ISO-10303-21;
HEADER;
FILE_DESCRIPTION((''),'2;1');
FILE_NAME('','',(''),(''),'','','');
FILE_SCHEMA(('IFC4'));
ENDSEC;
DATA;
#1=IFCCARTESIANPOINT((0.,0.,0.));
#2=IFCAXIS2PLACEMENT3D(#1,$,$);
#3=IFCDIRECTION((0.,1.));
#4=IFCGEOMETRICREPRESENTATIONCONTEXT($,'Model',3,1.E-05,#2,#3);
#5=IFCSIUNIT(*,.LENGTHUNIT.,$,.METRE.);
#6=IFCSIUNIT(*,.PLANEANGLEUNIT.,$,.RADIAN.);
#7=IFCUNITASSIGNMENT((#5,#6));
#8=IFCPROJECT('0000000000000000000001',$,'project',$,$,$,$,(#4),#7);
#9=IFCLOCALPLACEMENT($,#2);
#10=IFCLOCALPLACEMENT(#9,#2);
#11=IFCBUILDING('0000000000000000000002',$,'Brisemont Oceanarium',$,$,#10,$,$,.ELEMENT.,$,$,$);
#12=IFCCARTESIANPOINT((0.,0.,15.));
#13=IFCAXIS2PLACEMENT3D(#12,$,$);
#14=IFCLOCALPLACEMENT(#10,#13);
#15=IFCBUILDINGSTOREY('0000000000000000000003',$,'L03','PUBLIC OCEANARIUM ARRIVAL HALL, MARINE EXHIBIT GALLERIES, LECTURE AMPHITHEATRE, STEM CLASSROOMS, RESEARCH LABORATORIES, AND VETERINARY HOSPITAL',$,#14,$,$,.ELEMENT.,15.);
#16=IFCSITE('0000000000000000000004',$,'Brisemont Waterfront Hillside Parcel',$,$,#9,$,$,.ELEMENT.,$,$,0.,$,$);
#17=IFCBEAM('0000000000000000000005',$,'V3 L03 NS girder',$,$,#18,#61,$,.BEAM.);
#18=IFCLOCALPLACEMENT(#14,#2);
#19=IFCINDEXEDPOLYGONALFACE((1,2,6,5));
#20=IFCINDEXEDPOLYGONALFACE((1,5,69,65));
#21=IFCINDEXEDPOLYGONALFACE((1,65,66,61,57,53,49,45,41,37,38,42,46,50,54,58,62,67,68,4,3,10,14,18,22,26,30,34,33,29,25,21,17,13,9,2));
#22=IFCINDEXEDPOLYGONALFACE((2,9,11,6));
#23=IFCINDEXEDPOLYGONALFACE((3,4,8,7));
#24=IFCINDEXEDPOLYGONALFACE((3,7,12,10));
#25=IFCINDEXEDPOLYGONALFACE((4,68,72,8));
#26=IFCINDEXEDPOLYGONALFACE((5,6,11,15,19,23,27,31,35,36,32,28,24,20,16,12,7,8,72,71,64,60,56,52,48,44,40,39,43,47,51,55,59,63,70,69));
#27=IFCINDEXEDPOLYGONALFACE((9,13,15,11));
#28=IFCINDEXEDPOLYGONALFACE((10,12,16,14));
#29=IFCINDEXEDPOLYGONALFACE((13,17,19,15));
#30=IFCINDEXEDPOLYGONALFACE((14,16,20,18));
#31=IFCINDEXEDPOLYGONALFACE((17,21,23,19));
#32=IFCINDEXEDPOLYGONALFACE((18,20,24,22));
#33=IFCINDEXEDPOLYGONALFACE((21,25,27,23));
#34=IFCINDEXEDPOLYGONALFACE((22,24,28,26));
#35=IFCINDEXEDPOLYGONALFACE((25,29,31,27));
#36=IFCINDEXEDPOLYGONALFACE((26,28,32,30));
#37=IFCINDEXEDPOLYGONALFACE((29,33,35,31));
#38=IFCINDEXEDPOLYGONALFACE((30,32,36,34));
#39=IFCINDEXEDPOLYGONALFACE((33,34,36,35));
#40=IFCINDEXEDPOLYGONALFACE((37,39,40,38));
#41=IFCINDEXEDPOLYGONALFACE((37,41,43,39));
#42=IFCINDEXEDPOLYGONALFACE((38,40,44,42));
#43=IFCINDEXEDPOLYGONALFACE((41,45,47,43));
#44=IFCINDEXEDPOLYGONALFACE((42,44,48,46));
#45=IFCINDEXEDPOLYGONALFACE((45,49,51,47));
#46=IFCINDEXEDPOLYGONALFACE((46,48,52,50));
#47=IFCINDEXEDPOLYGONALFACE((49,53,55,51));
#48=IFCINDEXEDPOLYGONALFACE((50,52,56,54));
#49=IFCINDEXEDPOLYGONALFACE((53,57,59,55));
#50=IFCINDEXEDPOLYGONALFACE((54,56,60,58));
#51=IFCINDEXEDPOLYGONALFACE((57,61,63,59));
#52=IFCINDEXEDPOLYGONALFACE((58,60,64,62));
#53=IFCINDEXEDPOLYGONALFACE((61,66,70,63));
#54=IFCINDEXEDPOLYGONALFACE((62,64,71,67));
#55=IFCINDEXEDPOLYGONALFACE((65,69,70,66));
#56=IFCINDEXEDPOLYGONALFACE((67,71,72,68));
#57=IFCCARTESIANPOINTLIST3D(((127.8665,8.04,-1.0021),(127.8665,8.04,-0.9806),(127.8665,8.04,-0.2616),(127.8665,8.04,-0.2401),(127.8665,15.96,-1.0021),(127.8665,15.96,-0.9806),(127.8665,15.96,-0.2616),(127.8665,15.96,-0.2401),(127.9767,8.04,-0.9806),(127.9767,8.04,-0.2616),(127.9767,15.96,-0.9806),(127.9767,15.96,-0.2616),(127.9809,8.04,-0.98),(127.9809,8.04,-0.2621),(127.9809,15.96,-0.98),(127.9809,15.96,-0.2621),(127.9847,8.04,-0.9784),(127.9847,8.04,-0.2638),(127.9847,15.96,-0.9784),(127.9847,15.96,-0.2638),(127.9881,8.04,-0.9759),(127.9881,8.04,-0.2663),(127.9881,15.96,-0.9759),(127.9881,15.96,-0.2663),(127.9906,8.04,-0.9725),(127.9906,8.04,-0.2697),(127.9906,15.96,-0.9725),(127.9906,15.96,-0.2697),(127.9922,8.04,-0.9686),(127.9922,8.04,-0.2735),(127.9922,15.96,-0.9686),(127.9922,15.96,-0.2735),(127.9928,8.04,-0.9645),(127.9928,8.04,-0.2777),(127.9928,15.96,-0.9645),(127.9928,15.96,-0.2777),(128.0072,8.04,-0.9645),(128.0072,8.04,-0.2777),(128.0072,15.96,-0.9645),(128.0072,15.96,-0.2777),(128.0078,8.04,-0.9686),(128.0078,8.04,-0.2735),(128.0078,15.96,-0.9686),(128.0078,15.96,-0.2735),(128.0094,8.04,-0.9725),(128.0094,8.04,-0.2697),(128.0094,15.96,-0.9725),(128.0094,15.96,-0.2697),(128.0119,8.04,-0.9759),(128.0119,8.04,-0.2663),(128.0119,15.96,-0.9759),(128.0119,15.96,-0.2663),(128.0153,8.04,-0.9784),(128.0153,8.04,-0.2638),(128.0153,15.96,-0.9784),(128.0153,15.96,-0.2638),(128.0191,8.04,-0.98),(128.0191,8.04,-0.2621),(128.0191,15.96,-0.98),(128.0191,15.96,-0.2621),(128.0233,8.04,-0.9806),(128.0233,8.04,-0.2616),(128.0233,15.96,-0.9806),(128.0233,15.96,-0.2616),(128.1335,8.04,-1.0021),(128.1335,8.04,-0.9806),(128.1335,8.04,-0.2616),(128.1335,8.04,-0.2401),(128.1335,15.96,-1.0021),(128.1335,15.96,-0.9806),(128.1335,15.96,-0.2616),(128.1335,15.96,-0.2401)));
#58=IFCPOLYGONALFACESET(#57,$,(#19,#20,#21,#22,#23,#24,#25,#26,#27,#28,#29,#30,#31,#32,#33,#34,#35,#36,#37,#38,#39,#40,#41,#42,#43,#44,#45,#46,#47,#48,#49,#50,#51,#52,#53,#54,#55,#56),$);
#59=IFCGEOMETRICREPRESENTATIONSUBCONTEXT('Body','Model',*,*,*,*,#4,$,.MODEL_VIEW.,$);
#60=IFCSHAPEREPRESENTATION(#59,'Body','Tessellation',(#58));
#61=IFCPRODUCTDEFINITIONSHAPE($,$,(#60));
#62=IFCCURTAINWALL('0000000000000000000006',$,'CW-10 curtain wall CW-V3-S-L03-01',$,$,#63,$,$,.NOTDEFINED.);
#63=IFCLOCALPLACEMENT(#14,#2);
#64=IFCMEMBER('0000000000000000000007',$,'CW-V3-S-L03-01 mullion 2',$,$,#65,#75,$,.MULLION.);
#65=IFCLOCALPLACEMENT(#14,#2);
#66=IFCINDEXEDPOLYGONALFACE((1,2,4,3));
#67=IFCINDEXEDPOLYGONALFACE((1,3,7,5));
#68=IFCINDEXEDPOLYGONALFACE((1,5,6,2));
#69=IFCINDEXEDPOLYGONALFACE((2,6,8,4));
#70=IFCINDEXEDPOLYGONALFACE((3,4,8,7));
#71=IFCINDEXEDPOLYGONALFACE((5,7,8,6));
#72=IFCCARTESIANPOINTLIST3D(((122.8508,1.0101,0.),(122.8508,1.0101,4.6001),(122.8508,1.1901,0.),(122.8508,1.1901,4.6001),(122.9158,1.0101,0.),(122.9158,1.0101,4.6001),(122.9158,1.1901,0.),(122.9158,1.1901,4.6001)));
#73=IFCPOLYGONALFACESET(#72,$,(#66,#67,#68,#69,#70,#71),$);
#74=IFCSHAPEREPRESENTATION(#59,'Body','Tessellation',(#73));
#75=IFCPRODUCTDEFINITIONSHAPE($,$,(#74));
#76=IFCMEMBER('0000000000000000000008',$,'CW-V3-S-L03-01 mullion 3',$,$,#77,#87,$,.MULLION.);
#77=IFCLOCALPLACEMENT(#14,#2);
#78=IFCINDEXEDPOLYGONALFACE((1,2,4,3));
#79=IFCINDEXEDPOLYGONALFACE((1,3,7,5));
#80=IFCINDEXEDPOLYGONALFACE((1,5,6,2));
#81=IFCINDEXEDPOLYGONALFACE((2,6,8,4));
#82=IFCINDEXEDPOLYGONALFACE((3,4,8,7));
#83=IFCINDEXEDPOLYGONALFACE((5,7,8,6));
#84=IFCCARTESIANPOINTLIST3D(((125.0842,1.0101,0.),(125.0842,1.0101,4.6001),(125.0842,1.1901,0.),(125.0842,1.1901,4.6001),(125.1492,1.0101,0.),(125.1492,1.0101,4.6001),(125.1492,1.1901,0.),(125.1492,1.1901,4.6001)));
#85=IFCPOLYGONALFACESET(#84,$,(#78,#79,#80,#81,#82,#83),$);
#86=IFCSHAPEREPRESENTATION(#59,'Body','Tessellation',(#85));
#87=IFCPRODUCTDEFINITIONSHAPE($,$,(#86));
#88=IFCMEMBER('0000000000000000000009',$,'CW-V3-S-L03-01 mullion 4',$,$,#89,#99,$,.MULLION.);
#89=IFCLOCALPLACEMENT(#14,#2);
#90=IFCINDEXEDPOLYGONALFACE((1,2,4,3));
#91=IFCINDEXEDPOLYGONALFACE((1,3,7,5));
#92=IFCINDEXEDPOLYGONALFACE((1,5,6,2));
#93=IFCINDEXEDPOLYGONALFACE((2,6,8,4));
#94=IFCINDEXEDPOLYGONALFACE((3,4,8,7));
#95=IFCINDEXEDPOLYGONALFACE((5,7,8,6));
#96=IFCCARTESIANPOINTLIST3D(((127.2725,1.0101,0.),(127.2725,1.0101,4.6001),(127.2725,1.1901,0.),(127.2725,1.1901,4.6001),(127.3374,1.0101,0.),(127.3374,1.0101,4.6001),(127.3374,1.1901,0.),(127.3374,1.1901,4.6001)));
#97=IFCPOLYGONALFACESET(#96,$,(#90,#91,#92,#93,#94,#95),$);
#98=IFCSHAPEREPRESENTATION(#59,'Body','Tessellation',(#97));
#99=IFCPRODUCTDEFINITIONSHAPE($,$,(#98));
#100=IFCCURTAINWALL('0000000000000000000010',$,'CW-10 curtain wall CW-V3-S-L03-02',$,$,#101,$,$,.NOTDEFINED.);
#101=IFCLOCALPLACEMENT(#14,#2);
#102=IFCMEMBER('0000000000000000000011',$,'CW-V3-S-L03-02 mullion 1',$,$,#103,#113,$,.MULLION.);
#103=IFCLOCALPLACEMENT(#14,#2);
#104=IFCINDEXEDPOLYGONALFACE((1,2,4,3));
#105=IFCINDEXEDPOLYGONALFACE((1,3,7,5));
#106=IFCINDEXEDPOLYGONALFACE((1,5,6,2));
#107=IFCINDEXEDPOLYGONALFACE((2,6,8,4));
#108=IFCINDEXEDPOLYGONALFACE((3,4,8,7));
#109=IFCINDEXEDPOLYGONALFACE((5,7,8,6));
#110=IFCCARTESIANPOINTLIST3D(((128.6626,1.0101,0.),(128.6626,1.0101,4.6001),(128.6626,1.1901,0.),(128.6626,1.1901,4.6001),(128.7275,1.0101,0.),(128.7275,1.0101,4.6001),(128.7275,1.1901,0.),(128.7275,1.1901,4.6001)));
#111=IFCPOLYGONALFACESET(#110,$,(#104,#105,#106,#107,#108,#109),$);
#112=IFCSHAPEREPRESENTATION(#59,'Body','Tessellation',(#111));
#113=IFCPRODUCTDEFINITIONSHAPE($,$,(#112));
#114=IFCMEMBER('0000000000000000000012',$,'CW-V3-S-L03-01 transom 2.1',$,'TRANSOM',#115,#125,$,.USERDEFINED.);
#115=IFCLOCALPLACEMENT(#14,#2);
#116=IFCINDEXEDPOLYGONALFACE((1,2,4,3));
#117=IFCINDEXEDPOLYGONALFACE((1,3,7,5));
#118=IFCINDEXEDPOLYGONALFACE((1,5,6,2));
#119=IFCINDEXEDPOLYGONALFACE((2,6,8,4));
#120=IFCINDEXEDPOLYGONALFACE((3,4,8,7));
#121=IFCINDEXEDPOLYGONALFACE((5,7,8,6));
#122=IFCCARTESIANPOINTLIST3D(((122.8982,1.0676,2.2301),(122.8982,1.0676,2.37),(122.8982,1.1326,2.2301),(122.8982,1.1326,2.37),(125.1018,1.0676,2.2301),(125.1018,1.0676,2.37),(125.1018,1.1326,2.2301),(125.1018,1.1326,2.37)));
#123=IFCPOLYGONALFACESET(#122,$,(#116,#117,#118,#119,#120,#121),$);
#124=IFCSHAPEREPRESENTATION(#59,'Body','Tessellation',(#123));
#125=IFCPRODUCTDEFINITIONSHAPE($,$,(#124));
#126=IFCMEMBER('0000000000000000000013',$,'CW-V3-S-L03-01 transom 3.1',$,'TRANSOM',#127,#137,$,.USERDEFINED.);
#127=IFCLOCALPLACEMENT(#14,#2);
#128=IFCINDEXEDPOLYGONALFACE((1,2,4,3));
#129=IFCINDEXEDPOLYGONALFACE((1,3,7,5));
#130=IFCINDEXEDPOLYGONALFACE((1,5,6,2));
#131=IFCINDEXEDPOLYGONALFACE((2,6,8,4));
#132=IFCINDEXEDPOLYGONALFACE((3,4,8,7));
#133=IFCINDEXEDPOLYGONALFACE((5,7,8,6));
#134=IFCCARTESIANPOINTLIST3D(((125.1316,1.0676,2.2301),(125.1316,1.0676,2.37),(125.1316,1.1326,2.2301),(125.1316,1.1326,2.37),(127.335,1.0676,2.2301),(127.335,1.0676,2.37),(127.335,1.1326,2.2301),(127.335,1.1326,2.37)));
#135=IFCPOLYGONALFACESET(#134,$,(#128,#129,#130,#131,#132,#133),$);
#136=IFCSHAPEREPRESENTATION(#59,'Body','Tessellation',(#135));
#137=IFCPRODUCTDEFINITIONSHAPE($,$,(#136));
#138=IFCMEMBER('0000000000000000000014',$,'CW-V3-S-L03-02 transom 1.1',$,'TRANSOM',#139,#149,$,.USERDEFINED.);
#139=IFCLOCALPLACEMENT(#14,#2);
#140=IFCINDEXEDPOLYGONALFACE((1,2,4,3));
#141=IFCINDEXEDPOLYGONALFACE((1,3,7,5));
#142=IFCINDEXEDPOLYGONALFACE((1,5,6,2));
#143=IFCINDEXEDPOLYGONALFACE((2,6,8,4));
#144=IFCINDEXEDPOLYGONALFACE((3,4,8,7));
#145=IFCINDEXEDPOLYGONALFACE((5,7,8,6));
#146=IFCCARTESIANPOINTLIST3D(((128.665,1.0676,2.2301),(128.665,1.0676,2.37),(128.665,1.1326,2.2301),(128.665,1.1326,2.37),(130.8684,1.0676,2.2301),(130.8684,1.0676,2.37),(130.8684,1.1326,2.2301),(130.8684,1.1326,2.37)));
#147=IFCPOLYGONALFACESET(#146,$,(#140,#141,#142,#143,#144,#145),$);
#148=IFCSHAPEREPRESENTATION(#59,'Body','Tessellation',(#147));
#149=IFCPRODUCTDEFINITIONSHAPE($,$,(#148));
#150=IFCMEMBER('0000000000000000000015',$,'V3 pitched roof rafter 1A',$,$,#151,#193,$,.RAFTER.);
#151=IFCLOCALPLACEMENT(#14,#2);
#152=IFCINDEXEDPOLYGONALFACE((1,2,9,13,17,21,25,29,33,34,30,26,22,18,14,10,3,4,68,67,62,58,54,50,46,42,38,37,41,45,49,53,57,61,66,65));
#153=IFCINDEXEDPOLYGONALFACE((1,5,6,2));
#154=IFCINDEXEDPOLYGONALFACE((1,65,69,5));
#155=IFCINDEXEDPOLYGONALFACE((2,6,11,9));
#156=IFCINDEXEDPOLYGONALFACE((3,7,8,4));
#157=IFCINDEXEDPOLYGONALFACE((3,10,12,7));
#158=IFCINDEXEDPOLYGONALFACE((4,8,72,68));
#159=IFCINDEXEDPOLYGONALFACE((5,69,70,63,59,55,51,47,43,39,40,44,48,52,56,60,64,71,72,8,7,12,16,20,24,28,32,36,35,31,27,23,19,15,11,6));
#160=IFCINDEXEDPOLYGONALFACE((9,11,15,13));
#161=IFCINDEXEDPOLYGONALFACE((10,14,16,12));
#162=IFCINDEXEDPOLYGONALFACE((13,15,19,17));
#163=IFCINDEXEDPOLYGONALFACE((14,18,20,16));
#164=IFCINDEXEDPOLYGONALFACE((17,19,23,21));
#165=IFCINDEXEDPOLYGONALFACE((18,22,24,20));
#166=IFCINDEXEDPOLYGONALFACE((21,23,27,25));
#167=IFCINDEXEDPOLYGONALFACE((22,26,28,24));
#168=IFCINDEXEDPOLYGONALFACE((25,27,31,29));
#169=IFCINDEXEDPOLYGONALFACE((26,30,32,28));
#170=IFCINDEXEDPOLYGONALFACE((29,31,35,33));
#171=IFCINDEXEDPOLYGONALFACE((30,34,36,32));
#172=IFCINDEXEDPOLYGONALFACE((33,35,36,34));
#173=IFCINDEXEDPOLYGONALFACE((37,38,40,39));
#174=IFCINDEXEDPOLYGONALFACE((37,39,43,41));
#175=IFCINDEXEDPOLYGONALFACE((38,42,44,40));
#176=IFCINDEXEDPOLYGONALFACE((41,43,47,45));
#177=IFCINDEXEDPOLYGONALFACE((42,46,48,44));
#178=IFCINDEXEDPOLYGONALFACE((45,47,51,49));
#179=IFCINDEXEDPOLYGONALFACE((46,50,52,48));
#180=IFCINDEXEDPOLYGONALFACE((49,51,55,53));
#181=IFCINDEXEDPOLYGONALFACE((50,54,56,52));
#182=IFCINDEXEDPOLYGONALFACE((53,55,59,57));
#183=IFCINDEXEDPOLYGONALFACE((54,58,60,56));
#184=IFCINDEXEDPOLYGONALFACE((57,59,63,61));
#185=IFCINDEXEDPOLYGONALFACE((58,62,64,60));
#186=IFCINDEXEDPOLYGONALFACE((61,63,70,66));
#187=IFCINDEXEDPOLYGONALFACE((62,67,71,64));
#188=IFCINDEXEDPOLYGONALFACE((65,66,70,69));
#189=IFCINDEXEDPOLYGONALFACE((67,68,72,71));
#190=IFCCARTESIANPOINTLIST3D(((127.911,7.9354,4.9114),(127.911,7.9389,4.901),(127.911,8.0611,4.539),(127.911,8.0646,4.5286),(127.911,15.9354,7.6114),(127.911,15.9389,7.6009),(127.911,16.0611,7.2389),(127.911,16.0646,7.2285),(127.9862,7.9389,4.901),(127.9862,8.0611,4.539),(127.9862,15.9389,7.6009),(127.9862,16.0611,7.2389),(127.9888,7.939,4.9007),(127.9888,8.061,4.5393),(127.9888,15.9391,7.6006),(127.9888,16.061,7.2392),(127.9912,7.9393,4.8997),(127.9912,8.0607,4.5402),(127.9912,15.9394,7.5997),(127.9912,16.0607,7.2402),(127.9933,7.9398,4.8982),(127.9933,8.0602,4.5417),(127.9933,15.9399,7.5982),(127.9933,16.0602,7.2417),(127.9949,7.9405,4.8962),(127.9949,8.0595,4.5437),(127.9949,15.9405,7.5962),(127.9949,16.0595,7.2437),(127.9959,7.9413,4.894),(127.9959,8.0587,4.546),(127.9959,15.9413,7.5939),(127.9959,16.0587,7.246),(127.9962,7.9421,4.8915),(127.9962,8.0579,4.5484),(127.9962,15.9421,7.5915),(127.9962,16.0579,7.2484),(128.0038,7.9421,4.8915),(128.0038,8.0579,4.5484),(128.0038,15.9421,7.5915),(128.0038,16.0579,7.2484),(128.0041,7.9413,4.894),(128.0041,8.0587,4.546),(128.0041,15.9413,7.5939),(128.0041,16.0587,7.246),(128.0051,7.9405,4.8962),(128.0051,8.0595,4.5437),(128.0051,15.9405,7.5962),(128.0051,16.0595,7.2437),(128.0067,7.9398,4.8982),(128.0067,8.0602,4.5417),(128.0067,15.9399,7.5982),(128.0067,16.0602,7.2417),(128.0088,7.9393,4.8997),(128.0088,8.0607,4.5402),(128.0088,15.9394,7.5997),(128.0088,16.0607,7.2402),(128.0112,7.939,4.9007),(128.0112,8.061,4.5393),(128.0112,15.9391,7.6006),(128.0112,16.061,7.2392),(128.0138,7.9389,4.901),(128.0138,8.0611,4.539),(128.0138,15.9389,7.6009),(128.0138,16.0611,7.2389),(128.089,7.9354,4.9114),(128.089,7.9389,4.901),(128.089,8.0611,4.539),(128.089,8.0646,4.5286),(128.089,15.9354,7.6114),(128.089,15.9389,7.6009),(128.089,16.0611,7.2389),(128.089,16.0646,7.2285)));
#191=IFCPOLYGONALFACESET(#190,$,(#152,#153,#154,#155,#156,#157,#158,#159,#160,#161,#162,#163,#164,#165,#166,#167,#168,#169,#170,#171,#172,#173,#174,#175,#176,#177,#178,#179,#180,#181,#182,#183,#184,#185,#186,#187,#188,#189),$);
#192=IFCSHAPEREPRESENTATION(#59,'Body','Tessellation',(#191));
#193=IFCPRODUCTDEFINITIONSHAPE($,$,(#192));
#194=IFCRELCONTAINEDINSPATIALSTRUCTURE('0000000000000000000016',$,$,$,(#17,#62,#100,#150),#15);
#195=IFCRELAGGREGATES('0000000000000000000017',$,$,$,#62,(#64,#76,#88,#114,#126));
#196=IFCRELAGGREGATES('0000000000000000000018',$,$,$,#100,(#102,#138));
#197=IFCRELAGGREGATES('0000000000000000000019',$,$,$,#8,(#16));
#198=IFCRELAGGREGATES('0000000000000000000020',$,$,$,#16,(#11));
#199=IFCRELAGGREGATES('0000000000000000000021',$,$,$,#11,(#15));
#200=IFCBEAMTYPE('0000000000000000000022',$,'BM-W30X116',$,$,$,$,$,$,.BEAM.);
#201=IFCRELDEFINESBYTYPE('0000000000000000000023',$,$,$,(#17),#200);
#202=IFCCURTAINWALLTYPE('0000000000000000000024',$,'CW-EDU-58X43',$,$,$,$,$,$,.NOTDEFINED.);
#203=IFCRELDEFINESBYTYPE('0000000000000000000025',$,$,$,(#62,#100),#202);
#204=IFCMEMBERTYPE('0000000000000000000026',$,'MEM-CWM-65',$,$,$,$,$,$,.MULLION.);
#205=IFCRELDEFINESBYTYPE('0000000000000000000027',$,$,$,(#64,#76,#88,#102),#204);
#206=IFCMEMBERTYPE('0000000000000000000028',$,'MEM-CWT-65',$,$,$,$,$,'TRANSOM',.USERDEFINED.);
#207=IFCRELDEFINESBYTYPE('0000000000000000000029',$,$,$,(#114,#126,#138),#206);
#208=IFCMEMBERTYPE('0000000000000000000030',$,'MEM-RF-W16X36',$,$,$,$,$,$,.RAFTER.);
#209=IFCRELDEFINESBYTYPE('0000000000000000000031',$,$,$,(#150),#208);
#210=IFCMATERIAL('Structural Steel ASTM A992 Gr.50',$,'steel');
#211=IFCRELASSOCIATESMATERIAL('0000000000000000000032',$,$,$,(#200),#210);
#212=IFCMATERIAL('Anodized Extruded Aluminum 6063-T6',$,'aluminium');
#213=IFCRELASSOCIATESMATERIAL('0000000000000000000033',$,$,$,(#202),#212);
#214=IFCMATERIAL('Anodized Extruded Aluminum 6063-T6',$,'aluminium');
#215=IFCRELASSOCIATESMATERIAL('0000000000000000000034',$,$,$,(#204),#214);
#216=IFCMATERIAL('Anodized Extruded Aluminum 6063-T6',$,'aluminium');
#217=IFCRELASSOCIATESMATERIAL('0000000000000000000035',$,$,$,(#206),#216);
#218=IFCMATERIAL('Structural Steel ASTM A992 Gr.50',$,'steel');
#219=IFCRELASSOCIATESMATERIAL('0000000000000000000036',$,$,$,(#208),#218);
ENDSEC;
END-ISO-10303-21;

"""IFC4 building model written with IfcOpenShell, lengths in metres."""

from ifc_helpers import new_model, si_unit, direction, frame, origin, origin_2d, place, context, subcontext, project, spatial, rectangle, i_section, extrude, material, material_profile, profile_set, type_object, element, aggregate, save


model = new_model("IFC4")

# Units and contexts
model_context = context("Model", 3, precision=1e-05, world=origin(), true_north=direction((0.0, 1.0)))
body_context = subcontext(model_context, "Body", "Model", "MODEL_VIEW")
ifc_project = project(units=[si_unit("LENGTHUNIT", "METRE"), si_unit("PLANEANGLEUNIT", "RADIAN")], contexts=[model_context])

# Site, building, storey
site_placement = place(None, origin())
site = spatial("IfcSite", under=ifc_project, at=site_placement, Name="Brisemont Waterfront Hillside Parcel", CompositionType="ELEMENT", RefElevation=0.0)
building_placement = place(site_placement, origin())
building = spatial("IfcBuilding", under=site, at=building_placement, Name="Brisemont Oceanarium", CompositionType="ELEMENT")
storey_placement = place(building_placement, frame((0.0, 0.0, 15.0)))
storey = spatial("IfcBuildingStorey", under=building, at=storey_placement, Name="L03", Description="PUBLIC OCEANARIUM ARRIVAL HALL, MARINE EXHIBIT GALLERIES, LECTURE AMPHITHEATRE, STEM CLASSROOMS, RESEARCH LABORATORIES, AND VETERINARY HOSPITAL", CompositionType="ELEMENT", Elevation=15.0)

# Beam
ifc_material_1 = material(Name="Structural Steel ASTM A992 Gr.50", Category="steel")
ifc_material_profile_1 = material_profile(ifc_material_1, i_section(OverallWidth=0.2671, OverallDepth=0.762, WebThickness=0.0144, FlangeThickness=0.0215, FilletRadius=0.0161, at=origin_2d()), Name="W30X116")
ifc_profile_set_1 = profile_set([ifc_material_profile_1], Name="Structural Steel ASTM A992 Gr.50")
beam_type_1 = type_object("IfcBeamType", Name="BM-W30X116", PredefinedType="BEAM", material=ifc_profile_set_1)
beam_1_placement = place(storey_placement, frame((128.0, 8.04, -0.6211), z_axis=(0.0, 1.0, 0.0), x_axis=(-1.0, 0.0, 0.0)))
element("IfcBeam", 1, at=beam_1_placement, inside=storey, type_object=beam_type_1, Name="V3 L03 NS girder", PredefinedType="BEAM", context=body_context, shape_type="SweptSolid", body=[
    extrude(i_section(OverallWidth=0.2671, OverallDepth=0.762, WebThickness=0.0144, FlangeThickness=0.0215, FilletRadius=0.0161, at=origin_2d()), origin(), (0.0, 0.0, 1.0), 7.9199),
])

# Curtain wall, members
ifc_material_2 = material(Name="Anodized Extruded Aluminum 6063-T6", Category="aluminium")
curtain_wall_type = type_object("IfcCurtainWallType", Name="CW-EDU-58X43", PredefinedType="NOTDEFINED", material=ifc_material_2)
curtain_wall_1_placement = place(storey_placement, origin())
curtain_wall_1 = element("IfcCurtainWall", 2, at=curtain_wall_1_placement, inside=storey, type_object=curtain_wall_type, Name="CW-10 curtain wall CW-V3-S-L03-01", PredefinedType="NOTDEFINED")
ifc_material_3 = material(Name="Anodized Extruded Aluminum 6063-T6", Category="aluminium")
ifc_material_profile_2 = material_profile(ifc_material_3, rectangle(XDim=0.0649, YDim=0.1799, at=origin_2d()), Name="CWM-65X180")
ifc_profile_set_2 = profile_set([ifc_material_profile_2], Name="Anodized Extruded Aluminum 6063-T6")
member_type_1 = type_object("IfcMemberType", Name="MEM-CWM-65", PredefinedType="MULLION", material=ifc_profile_set_2)
member_1_placement = place(storey_placement, frame((122.8833, 1.1001, 0.0), z_axis=(0.0, 0.0, 1.0), x_axis=(1.0, 0.0, 0.0)))
member_1 = element("IfcMember", 3, at=member_1_placement, type_object=member_type_1, Name="CW-V3-S-L03-01 mullion 2", PredefinedType="MULLION", context=body_context, shape_type="SweptSolid", body=[
    extrude(rectangle(XDim=0.0649, YDim=0.1799, at=origin_2d()), origin(), (0.0, 0.0, 1.0), 4.6001),
])
member_2_placement = place(storey_placement, frame((125.1167, 1.1001, 0.0), z_axis=(0.0, 0.0, 1.0), x_axis=(1.0, 0.0, 0.0)))
member_2 = element("IfcMember", 4, at=member_2_placement, type_object=member_type_1, Name="CW-V3-S-L03-01 mullion 3", PredefinedType="MULLION", context=body_context, shape_type="SweptSolid", body=[
    extrude(rectangle(XDim=0.0649, YDim=0.1799, at=origin_2d()), origin(), (0.0, 0.0, 1.0), 4.6001),
])
member_3_placement = place(storey_placement, frame((127.3049, 1.1001, 0.0), z_axis=(0.0, 0.0, 1.0), x_axis=(1.0, 0.0, 0.0)))
member_3 = element("IfcMember", 5, at=member_3_placement, type_object=member_type_1, Name="CW-V3-S-L03-01 mullion 4", PredefinedType="MULLION", context=body_context, shape_type="SweptSolid", body=[
    extrude(rectangle(XDim=0.0649, YDim=0.1799, at=origin_2d()), origin(), (0.0, 0.0, 1.0), 4.6001),
])

# Curtain wall, member
curtain_wall_2_placement = place(storey_placement, origin())
curtain_wall_2 = element("IfcCurtainWall", 6, at=curtain_wall_2_placement, inside=storey, type_object=curtain_wall_type, Name="CW-10 curtain wall CW-V3-S-L03-02", PredefinedType="NOTDEFINED")
member_4_placement = place(storey_placement, frame((128.6951, 1.1001, 0.0), z_axis=(0.0, 0.0, 1.0), x_axis=(1.0, 0.0, 0.0)))
member_4 = element("IfcMember", 7, at=member_4_placement, type_object=member_type_1, Name="CW-V3-S-L03-02 mullion 1", PredefinedType="MULLION", context=body_context, shape_type="SweptSolid", body=[
    extrude(rectangle(XDim=0.0649, YDim=0.1799, at=origin_2d()), origin(), (0.0, 0.0, 1.0), 4.6001),
])

# Members
ifc_material_4 = material(Name="Anodized Extruded Aluminum 6063-T6", Category="aluminium")
ifc_material_profile_3 = material_profile(ifc_material_4, rectangle(XDim=0.0649, YDim=0.1399, at=origin_2d()), Name="CWT-65X140")
ifc_profile_set_3 = profile_set([ifc_material_profile_3], Name="Anodized Extruded Aluminum 6063-T6")
member_type_2 = type_object("IfcMemberType", Name="MEM-CWT-65", ElementType="TRANSOM", PredefinedType="USERDEFINED", material=ifc_profile_set_3)
member_5_placement = place(storey_placement, frame((122.8982, 1.1001, 2.3), z_axis=(1.0, 0.0, 0.0), x_axis=(0.0, 1.0, 0.0)))
member_5 = element("IfcMember", 8, at=member_5_placement, type_object=member_type_2, Name="CW-V3-S-L03-01 transom 2.1", ObjectType="TRANSOM", PredefinedType="USERDEFINED", context=body_context, shape_type="SweptSolid", body=[
    extrude(rectangle(XDim=0.0649, YDim=0.1399, at=origin_2d()), origin(), (0.0, 0.0, 1.0), 2.2036),
])
member_6_placement = place(storey_placement, frame((125.1316, 1.1001, 2.3), z_axis=(1.0, 0.0, 0.0), x_axis=(0.0, 1.0, 0.0)))
member_6 = element("IfcMember", 9, at=member_6_placement, type_object=member_type_2, Name="CW-V3-S-L03-01 transom 3.1", ObjectType="TRANSOM", PredefinedType="USERDEFINED", context=body_context, shape_type="SweptSolid", body=[
    extrude(rectangle(XDim=0.0649, YDim=0.1399, at=origin_2d()), origin(), (0.0, 0.0, 1.0), 2.2034),
])
member_7_placement = place(storey_placement, frame((128.665, 1.1001, 2.3), z_axis=(1.0, 0.0, 0.0), x_axis=(0.0, 1.0, 0.0)))
member_7 = element("IfcMember", 10, at=member_7_placement, type_object=member_type_2, Name="CW-V3-S-L03-02 transom 1.1", ObjectType="TRANSOM", PredefinedType="USERDEFINED", context=body_context, shape_type="SweptSolid", body=[
    extrude(rectangle(XDim=0.0649, YDim=0.1399, at=origin_2d()), origin(), (0.0, 0.0, 1.0), 2.2034),
])
ifc_material_5 = material(Name="Structural Steel ASTM A992 Gr.50", Category="steel")
ifc_material_profile_4 = material_profile(ifc_material_5, i_section(OverallWidth=0.178, OverallDepth=0.4041, WebThickness=0.0076, FlangeThickness=0.011, FilletRadius=0.01, at=origin_2d()), Name="W16X36")
ifc_profile_set_4 = profile_set([ifc_material_profile_4], Name="Structural Steel ASTM A992 Gr.50")
member_type_3 = type_object("IfcMemberType", Name="MEM-RF-W16X36", PredefinedType="RAFTER", material=ifc_profile_set_4)
member_8_placement = place(storey_placement, frame((128.0, 8.0, 4.72), z_axis=(0.0, 0.947494, 0.319773), x_axis=(-1.0, 0.0, 0.0)))
element("IfcMember", 11, at=member_8_placement, inside=storey, type_object=member_type_3, Name="V3 pitched roof rafter 1A", PredefinedType="RAFTER", context=body_context, shape_type="SweptSolid", body=[
    extrude(i_section(OverallWidth=0.178, OverallDepth=0.4041, WebThickness=0.0076, FlangeThickness=0.011, FilletRadius=0.01, at=origin_2d()), origin(), (0.0, 0.0, 1.0), 8.4434),
])

aggregate(curtain_wall_1, [member_1, member_2, member_3, member_5, member_6])
aggregate(curtain_wall_2, [member_4, member_7])

save(model, "model.ifc")
